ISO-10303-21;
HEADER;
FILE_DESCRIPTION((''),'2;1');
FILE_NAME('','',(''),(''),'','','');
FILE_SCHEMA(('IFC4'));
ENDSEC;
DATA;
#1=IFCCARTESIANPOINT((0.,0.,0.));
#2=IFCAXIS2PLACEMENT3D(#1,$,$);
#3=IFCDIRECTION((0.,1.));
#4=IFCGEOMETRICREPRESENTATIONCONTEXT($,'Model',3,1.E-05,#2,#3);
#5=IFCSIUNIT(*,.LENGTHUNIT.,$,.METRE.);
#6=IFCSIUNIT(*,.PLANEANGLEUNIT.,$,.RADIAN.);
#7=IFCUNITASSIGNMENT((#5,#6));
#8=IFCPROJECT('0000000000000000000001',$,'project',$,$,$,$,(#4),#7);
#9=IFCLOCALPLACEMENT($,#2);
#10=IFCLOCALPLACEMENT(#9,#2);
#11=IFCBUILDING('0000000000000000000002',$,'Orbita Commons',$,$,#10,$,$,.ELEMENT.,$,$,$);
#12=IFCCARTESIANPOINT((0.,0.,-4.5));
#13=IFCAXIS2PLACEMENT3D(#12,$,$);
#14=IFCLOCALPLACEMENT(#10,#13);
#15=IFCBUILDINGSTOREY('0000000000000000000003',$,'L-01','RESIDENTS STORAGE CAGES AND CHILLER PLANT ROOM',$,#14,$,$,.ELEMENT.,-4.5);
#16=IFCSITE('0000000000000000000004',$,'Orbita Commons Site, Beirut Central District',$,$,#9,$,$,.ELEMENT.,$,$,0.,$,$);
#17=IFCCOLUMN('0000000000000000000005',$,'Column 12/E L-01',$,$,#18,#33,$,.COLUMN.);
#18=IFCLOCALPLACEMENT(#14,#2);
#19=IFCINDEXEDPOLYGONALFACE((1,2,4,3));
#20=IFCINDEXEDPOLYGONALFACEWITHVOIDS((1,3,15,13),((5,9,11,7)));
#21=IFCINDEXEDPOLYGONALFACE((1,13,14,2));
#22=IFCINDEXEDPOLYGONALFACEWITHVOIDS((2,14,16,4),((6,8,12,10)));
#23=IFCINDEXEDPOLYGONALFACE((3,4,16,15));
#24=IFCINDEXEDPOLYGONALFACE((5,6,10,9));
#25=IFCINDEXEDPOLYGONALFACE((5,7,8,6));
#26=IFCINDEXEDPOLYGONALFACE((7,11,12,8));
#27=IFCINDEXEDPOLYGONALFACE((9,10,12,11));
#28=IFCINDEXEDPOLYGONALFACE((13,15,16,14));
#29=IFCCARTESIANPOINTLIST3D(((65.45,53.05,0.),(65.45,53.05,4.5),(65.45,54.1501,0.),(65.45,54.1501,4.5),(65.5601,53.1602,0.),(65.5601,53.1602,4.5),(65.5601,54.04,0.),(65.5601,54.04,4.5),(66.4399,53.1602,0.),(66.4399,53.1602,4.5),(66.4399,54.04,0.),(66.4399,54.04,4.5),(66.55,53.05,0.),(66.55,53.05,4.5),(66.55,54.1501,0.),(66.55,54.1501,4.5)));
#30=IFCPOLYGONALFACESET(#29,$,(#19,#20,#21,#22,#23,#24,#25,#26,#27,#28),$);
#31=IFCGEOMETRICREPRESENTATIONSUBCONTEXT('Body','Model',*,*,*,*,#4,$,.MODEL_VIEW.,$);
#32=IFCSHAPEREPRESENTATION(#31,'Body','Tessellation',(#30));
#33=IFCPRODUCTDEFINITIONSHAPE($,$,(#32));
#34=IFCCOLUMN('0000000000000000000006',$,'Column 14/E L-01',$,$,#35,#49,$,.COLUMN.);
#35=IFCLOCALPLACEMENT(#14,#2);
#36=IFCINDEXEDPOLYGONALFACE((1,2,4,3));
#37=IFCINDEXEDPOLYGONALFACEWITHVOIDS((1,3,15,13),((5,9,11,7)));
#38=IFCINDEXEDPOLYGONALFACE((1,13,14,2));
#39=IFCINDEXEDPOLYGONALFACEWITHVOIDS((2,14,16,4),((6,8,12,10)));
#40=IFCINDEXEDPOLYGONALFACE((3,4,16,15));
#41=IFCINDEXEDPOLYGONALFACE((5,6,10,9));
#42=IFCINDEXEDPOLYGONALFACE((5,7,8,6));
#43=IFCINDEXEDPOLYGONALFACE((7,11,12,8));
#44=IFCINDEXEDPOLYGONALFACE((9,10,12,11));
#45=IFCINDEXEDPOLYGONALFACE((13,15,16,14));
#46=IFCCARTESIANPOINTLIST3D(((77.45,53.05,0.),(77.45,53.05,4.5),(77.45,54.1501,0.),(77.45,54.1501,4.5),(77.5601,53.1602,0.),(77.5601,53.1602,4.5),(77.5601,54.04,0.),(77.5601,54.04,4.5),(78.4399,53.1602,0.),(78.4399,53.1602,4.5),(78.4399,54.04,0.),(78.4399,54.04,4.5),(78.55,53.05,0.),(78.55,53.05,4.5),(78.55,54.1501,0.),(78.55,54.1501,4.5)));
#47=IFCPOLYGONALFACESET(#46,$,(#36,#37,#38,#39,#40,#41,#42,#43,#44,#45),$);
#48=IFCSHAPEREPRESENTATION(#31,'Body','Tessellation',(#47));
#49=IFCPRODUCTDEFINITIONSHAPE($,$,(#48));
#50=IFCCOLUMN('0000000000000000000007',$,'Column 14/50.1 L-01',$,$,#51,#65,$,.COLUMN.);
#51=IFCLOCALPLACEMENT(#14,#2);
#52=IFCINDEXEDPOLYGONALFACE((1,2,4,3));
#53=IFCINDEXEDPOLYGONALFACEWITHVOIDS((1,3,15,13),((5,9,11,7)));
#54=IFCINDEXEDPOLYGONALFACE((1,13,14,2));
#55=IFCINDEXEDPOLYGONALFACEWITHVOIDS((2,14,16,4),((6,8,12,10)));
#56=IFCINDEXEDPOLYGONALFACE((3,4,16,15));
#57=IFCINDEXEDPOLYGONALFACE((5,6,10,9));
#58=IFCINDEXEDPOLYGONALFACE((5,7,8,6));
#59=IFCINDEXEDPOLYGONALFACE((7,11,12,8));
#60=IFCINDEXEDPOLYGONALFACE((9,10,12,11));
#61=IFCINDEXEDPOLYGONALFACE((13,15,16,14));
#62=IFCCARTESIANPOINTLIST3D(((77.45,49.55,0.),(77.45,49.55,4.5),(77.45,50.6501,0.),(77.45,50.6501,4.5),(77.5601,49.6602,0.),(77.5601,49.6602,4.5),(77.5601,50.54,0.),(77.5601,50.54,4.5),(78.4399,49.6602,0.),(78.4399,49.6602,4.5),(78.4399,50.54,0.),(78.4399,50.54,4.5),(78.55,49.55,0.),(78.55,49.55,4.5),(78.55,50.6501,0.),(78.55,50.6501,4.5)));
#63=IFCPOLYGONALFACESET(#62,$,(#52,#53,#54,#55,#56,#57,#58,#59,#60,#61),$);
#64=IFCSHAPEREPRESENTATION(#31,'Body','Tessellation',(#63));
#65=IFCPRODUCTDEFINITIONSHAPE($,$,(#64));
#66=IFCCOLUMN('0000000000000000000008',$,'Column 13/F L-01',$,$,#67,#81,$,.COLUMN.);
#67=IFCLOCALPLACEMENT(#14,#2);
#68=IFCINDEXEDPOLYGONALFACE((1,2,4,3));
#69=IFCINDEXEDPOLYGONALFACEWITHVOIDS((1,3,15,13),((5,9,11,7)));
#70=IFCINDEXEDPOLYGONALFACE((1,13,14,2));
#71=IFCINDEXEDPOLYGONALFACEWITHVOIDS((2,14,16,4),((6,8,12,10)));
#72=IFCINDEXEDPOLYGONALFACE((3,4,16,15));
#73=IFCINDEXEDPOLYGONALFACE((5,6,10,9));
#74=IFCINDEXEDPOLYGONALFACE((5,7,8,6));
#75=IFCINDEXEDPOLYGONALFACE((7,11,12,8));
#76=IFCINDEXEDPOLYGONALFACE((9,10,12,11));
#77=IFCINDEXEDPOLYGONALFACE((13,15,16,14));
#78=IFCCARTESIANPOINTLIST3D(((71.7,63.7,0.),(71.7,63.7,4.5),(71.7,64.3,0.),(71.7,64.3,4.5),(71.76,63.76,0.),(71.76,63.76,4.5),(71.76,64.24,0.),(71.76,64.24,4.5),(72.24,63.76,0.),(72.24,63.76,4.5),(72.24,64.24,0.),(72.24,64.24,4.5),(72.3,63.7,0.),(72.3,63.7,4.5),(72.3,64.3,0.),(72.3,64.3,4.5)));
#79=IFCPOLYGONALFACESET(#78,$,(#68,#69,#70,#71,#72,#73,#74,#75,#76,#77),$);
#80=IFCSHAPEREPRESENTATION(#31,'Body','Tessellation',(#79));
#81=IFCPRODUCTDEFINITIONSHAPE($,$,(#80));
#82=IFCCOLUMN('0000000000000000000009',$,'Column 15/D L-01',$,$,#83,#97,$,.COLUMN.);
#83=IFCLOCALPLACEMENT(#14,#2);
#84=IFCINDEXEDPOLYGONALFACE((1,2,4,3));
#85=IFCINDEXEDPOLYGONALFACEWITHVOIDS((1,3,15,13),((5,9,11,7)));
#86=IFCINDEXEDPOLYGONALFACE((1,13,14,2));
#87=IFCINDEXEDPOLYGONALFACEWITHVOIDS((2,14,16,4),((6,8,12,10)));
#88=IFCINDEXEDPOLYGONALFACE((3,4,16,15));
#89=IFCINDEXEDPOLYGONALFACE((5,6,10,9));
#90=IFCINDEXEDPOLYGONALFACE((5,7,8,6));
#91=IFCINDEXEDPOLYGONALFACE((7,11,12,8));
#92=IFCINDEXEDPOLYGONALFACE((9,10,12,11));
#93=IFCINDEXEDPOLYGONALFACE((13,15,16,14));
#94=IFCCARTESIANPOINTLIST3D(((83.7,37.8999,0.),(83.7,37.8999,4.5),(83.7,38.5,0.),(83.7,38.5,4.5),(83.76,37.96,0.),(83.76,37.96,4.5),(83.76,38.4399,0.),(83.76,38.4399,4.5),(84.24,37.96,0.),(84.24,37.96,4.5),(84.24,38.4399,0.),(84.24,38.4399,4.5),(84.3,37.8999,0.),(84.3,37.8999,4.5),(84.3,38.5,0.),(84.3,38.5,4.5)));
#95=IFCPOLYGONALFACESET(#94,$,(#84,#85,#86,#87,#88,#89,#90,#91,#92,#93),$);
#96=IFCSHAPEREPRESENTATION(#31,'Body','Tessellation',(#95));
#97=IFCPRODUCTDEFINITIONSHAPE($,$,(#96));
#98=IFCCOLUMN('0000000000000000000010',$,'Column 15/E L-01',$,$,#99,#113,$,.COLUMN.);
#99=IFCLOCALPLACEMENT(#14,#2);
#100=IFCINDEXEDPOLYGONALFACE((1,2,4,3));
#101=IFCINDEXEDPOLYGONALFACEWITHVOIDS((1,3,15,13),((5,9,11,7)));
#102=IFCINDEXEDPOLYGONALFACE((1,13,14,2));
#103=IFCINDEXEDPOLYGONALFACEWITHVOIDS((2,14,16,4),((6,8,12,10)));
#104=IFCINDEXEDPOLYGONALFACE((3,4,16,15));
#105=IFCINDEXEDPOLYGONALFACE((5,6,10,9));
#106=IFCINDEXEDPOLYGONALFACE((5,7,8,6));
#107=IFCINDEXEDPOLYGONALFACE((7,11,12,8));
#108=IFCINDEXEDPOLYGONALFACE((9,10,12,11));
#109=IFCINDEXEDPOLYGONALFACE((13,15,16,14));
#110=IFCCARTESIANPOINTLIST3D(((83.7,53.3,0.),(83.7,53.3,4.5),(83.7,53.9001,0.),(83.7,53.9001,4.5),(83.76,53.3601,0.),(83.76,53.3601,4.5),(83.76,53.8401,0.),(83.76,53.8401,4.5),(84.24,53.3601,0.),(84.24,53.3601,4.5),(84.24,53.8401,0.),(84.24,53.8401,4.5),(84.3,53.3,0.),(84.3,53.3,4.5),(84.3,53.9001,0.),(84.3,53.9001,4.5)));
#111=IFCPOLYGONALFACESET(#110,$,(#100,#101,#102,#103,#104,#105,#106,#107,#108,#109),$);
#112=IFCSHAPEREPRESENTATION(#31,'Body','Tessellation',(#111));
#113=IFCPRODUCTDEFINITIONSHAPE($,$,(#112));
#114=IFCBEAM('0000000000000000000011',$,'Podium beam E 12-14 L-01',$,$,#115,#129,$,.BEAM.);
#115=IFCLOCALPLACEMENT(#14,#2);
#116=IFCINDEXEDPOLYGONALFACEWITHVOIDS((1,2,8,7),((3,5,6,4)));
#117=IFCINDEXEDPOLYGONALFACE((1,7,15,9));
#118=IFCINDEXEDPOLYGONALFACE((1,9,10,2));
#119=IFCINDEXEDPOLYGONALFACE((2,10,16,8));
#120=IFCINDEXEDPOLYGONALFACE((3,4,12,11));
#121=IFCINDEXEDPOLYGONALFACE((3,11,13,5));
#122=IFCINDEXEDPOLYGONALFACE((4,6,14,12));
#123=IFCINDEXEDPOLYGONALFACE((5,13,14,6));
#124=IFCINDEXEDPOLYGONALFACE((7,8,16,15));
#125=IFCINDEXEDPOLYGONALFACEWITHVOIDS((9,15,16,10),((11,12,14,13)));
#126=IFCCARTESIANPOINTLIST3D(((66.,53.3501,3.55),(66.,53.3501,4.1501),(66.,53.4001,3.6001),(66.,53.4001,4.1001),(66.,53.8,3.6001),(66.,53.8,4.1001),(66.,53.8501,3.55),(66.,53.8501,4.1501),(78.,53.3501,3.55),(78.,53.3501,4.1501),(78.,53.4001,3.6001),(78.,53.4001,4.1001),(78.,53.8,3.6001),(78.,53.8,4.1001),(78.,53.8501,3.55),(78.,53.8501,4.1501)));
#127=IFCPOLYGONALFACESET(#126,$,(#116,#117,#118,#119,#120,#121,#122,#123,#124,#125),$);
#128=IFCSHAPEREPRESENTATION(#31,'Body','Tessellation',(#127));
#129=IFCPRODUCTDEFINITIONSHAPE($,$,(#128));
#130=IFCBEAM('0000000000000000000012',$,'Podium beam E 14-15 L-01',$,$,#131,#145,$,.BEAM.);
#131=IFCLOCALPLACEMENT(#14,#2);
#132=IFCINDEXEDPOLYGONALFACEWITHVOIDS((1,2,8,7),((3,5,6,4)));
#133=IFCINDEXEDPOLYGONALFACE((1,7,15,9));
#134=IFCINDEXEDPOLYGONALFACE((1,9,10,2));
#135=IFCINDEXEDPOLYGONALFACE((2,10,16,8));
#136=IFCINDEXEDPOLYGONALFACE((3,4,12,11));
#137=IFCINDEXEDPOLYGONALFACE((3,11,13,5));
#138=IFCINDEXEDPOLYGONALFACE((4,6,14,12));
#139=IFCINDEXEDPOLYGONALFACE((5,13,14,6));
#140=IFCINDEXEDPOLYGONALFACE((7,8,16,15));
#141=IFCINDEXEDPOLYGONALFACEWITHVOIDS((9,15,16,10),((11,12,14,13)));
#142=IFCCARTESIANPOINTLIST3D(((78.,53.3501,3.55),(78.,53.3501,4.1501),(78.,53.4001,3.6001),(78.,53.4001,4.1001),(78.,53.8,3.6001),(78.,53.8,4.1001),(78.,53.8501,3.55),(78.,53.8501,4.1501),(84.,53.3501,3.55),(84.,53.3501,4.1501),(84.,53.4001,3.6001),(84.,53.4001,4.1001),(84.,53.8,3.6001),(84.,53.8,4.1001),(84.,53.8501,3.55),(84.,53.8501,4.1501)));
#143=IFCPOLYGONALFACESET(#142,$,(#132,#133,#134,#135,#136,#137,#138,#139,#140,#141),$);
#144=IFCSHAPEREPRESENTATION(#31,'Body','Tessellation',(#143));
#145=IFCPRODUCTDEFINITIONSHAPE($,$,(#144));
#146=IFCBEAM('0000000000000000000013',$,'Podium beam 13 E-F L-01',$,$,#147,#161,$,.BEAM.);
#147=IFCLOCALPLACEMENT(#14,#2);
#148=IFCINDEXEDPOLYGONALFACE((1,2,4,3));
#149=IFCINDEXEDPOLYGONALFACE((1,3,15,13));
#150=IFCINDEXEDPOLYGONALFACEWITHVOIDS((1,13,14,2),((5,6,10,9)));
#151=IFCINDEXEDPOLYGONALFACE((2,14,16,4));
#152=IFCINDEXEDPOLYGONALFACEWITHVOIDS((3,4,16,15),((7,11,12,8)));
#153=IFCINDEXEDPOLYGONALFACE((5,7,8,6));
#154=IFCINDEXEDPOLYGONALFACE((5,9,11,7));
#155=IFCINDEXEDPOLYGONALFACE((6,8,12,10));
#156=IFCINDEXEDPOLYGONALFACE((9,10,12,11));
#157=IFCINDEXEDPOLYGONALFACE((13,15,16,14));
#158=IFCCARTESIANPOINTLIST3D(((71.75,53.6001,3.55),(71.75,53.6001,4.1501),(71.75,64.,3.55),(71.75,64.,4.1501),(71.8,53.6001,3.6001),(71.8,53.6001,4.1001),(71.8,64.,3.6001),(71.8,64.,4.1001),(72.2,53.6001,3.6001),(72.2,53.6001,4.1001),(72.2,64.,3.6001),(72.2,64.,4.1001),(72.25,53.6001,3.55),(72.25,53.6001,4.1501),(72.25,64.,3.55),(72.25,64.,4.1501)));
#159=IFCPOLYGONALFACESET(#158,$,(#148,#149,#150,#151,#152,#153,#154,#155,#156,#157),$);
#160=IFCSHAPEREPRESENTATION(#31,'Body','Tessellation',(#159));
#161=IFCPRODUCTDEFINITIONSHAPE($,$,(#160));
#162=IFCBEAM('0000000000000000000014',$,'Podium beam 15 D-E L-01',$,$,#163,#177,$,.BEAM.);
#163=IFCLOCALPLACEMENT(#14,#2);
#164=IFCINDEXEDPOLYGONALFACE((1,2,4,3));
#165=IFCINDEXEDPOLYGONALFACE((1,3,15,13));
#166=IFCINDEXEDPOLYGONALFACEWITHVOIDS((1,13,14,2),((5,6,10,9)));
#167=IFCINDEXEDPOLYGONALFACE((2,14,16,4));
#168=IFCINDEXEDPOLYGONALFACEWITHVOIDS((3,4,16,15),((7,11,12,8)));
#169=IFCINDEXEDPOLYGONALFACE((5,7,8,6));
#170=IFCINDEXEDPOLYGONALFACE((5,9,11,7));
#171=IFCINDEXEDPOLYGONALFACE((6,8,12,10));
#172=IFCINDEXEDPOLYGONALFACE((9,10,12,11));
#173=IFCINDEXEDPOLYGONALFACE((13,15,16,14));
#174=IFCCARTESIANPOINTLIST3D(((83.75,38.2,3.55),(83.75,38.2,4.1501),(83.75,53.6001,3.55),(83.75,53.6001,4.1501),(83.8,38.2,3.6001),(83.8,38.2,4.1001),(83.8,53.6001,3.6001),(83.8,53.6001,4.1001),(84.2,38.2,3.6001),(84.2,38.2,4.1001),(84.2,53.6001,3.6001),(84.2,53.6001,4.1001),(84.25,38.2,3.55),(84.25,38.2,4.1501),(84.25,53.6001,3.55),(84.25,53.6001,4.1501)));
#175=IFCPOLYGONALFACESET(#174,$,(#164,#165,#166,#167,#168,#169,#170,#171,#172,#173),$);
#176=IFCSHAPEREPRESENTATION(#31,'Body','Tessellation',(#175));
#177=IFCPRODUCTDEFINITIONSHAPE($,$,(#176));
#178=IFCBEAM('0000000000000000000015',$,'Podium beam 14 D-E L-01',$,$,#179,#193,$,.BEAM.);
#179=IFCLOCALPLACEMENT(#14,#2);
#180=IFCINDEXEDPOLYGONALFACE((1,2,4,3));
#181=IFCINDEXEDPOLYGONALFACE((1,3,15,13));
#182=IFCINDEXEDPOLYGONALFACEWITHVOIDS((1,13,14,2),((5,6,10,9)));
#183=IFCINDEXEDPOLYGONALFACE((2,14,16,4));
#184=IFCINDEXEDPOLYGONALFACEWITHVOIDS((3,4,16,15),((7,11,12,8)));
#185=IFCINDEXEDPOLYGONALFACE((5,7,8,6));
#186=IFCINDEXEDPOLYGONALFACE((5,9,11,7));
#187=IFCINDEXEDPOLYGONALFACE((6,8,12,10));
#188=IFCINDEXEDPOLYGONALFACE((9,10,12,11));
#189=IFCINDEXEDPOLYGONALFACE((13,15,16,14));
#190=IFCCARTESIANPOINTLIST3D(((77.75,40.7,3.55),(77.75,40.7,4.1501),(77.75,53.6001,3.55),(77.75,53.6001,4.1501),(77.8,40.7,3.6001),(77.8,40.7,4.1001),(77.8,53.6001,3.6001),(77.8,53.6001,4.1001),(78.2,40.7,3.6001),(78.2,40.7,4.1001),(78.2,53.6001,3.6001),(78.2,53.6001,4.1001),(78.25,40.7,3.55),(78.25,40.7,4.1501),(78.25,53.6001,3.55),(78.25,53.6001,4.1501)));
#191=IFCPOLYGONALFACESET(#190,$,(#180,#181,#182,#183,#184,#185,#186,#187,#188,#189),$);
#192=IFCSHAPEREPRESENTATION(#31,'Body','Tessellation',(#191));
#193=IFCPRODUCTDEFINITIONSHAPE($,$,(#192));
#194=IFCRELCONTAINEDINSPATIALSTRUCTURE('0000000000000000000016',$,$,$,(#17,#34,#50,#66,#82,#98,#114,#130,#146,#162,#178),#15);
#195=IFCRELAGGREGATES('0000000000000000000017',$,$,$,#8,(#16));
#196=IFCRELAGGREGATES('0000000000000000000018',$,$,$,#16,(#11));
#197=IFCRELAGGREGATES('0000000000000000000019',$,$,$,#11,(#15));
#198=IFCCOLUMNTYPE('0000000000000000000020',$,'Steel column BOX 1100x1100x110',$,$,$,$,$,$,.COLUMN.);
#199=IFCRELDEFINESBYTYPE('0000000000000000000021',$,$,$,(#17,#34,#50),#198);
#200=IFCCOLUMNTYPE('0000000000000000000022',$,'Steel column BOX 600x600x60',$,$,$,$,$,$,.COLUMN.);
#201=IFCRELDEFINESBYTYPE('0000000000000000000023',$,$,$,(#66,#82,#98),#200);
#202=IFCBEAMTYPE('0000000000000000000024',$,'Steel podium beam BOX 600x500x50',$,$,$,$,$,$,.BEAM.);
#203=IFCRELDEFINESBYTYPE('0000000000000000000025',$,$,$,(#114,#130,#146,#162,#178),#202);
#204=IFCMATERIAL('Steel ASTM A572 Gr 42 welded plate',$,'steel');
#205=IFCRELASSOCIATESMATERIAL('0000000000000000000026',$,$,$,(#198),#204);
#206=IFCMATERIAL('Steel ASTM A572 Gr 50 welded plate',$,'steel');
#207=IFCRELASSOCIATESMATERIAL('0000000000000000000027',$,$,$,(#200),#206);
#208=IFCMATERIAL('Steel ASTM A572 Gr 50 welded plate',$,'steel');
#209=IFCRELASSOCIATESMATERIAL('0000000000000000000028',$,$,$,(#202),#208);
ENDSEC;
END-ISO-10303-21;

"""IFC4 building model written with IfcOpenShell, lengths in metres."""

from ifc_helpers import new_model, si_unit, direction, frame, origin, origin_2d, place, context, subcontext, project, spatial, hollow_rectangle, extrude, material, material_profile, profile_set, type_object, element, save


model = new_model("IFC4")

# Units and contexts
model_context = context("Model", 3, precision=1e-05, world=origin(), true_north=direction((0.0, 1.0)))
body_context = subcontext(model_context, "Body", "Model", "MODEL_VIEW")
ifc_project = project(units=[si_unit("LENGTHUNIT", "METRE"), si_unit("PLANEANGLEUNIT", "RADIAN")], contexts=[model_context])

# Site, building, storey
site_placement = place(None, origin())
site = spatial("IfcSite", under=ifc_project, at=site_placement, Name="Orbita Commons Site, Beirut Central District", CompositionType="ELEMENT", RefElevation=0.0)
building_placement = place(site_placement, origin())
building = spatial("IfcBuilding", under=site, at=building_placement, Name="Orbita Commons", CompositionType="ELEMENT")
storey_placement = place(building_placement, frame((0.0, 0.0, -4.5)))
storey = spatial("IfcBuildingStorey", under=building, at=storey_placement, Name="L-01", Description="RESIDENTS STORAGE CAGES AND CHILLER PLANT ROOM", CompositionType="ELEMENT", Elevation=-4.5)

# Columns
ifc_material_1 = material(Name="Steel ASTM A572 Gr 42 welded plate", Category="steel")
ifc_material_profile_1 = material_profile(ifc_material_1, hollow_rectangle(XDim=1.1001, YDim=1.1001, WallThickness=0.1101, at=origin_2d()), Name="BOX 1100x1100x110")
ifc_profile_set_1 = profile_set([ifc_material_profile_1], Name="Steel ASTM A572 Gr 42 welded plate")
column_type_1 = type_object("IfcColumnType", Name="Steel column BOX 1100x1100x110", PredefinedType="COLUMN", material=ifc_profile_set_1)
for number, where, z_axis, x_axis, name in (
    (1, (66.0, 53.6001, 0.0), (0.0, 0.0, 1.0), (1.0, 0.0, 0.0), "Column 12/E L-01"),
    (2, (78.0, 53.6001, 0.0), (0.0, 0.0, 1.0), (1.0, 0.0, 0.0), "Column 14/E L-01"),
    (3, (78.0, 50.1001, 0.0), (0.0, 0.0, 1.0), (1.0, 0.0, 0.0), "Column 14/50.1 L-01"),
):
    element("IfcColumn", number, at=place(storey_placement, frame(where, z_axis=z_axis, x_axis=x_axis)), inside=storey, type_object=column_type_1, Name=name, PredefinedType="COLUMN", context=body_context, shape_type="SweptSolid", body=[
        extrude(hollow_rectangle(XDim=1.1001, YDim=1.1001, WallThickness=0.1101, at=origin_2d()), origin(), (0.0, 0.0, 1.0), 4.5),
    ])
ifc_material_2 = material(Name="Steel ASTM A572 Gr 50 welded plate", Category="steel")
ifc_material_profile_2 = material_profile(ifc_material_2, hollow_rectangle(XDim=0.6001, YDim=0.6001, WallThickness=0.0601, at=origin_2d()), Name="BOX 600x600x60")
ifc_profile_set_2 = profile_set([ifc_material_profile_2], Name="Steel ASTM A572 Gr 50 welded plate")
column_type_2 = type_object("IfcColumnType", Name="Steel column BOX 600x600x60", PredefinedType="COLUMN", material=ifc_profile_set_2)
for number, where, z_axis, x_axis, name in (
    (4, (72.0, 64.0, 0.0), (0.0, 0.0, 1.0), (1.0, 0.0, 0.0), "Column 13/F L-01"),
    (5, (84.0, 38.2, 0.0), (0.0, 0.0, 1.0), (1.0, 0.0, 0.0), "Column 15/D L-01"),
    (6, (84.0, 53.6001, 0.0), (0.0, 0.0, 1.0), (1.0, 0.0, 0.0), "Column 15/E L-01"),
):
    element("IfcColumn", number, at=place(storey_placement, frame(where, z_axis=z_axis, x_axis=x_axis)), inside=storey, type_object=column_type_2, Name=name, PredefinedType="COLUMN", context=body_context, shape_type="SweptSolid", body=[
        extrude(hollow_rectangle(XDim=0.6001, YDim=0.6001, WallThickness=0.0601, at=origin_2d()), origin(), (0.0, 0.0, 1.0), 4.5),
    ])

# Beams
ifc_material_3 = material(Name="Steel ASTM A572 Gr 50 welded plate", Category="steel")
ifc_material_profile_3 = material_profile(ifc_material_3, hollow_rectangle(XDim=0.5, YDim=0.6001, WallThickness=0.05, at=origin_2d()), Name="BOX 600x500x50")
ifc_profile_set_3 = profile_set([ifc_material_profile_3], Name="Steel ASTM A572 Gr 50 welded plate")
beam_type = type_object("IfcBeamType", Name="Steel podium beam BOX 600x500x50", PredefinedType="BEAM", material=ifc_profile_set_3)
beam_1_placement = place(storey_placement, frame((66.0, 53.6001, 3.8501), z_axis=(1.0, 0.0, 0.0), x_axis=(0.0, 1.0, 0.0)))
element("IfcBeam", 7, at=beam_1_placement, inside=storey, type_object=beam_type, Name="Podium beam E 12-14 L-01", PredefinedType="BEAM", context=body_context, shape_type="SweptSolid", body=[
    extrude(hollow_rectangle(XDim=0.5, YDim=0.6001, WallThickness=0.05, at=origin_2d()), origin(), (0.0, 0.0, 1.0), 12.0),
])
beam_2_placement = place(storey_placement, frame((78.0, 53.6001, 3.8501), z_axis=(1.0, 0.0, 0.0), x_axis=(0.0, 1.0, 0.0)))
element("IfcBeam", 8, at=beam_2_placement, inside=storey, type_object=beam_type, Name="Podium beam E 14-15 L-01", PredefinedType="BEAM", context=body_context, shape_type="SweptSolid", body=[
    extrude(hollow_rectangle(XDim=0.5, YDim=0.6001, WallThickness=0.05, at=origin_2d()), origin(), (0.0, 0.0, 1.0), 6.0),
])
beam_3_placement = place(storey_placement, frame((72.0, 53.6001, 3.8501), z_axis=(0.0, 1.0, 0.0), x_axis=(-1.0, 0.0, 0.0)))
element("IfcBeam", 9, at=beam_3_placement, inside=storey, type_object=beam_type, Name="Podium beam 13 E-F L-01", PredefinedType="BEAM", context=body_context, shape_type="SweptSolid", body=[
    extrude(hollow_rectangle(XDim=0.5, YDim=0.6001, WallThickness=0.05, at=origin_2d()), origin(), (0.0, 0.0, 1.0), 10.3999),
])
beam_4_placement = place(storey_placement, frame((84.0, 38.2, 3.8501), z_axis=(0.0, 1.0, 0.0), x_axis=(-1.0, 0.0, 0.0)))
element("IfcBeam", 10, at=beam_4_placement, inside=storey, type_object=beam_type, Name="Podium beam 15 D-E L-01", PredefinedType="BEAM", context=body_context, shape_type="SweptSolid", body=[
    extrude(hollow_rectangle(XDim=0.5, YDim=0.6001, WallThickness=0.05, at=origin_2d()), origin(), (0.0, 0.0, 1.0), 15.4001),
])
beam_5_placement = place(storey_placement, frame((78.0, 40.7, 3.8501), z_axis=(0.0, 1.0, 0.0), x_axis=(-1.0, 0.0, 0.0)))
element("IfcBeam", 11, at=beam_5_placement, inside=storey, type_object=beam_type, Name="Podium beam 14 D-E L-01", PredefinedType="BEAM", context=body_context, shape_type="SweptSolid", body=[
    extrude(hollow_rectangle(XDim=0.5, YDim=0.6001, WallThickness=0.05, at=origin_2d()), origin(), (0.0, 0.0, 1.0), 12.9001),
])

save(model, "model.ifc")
